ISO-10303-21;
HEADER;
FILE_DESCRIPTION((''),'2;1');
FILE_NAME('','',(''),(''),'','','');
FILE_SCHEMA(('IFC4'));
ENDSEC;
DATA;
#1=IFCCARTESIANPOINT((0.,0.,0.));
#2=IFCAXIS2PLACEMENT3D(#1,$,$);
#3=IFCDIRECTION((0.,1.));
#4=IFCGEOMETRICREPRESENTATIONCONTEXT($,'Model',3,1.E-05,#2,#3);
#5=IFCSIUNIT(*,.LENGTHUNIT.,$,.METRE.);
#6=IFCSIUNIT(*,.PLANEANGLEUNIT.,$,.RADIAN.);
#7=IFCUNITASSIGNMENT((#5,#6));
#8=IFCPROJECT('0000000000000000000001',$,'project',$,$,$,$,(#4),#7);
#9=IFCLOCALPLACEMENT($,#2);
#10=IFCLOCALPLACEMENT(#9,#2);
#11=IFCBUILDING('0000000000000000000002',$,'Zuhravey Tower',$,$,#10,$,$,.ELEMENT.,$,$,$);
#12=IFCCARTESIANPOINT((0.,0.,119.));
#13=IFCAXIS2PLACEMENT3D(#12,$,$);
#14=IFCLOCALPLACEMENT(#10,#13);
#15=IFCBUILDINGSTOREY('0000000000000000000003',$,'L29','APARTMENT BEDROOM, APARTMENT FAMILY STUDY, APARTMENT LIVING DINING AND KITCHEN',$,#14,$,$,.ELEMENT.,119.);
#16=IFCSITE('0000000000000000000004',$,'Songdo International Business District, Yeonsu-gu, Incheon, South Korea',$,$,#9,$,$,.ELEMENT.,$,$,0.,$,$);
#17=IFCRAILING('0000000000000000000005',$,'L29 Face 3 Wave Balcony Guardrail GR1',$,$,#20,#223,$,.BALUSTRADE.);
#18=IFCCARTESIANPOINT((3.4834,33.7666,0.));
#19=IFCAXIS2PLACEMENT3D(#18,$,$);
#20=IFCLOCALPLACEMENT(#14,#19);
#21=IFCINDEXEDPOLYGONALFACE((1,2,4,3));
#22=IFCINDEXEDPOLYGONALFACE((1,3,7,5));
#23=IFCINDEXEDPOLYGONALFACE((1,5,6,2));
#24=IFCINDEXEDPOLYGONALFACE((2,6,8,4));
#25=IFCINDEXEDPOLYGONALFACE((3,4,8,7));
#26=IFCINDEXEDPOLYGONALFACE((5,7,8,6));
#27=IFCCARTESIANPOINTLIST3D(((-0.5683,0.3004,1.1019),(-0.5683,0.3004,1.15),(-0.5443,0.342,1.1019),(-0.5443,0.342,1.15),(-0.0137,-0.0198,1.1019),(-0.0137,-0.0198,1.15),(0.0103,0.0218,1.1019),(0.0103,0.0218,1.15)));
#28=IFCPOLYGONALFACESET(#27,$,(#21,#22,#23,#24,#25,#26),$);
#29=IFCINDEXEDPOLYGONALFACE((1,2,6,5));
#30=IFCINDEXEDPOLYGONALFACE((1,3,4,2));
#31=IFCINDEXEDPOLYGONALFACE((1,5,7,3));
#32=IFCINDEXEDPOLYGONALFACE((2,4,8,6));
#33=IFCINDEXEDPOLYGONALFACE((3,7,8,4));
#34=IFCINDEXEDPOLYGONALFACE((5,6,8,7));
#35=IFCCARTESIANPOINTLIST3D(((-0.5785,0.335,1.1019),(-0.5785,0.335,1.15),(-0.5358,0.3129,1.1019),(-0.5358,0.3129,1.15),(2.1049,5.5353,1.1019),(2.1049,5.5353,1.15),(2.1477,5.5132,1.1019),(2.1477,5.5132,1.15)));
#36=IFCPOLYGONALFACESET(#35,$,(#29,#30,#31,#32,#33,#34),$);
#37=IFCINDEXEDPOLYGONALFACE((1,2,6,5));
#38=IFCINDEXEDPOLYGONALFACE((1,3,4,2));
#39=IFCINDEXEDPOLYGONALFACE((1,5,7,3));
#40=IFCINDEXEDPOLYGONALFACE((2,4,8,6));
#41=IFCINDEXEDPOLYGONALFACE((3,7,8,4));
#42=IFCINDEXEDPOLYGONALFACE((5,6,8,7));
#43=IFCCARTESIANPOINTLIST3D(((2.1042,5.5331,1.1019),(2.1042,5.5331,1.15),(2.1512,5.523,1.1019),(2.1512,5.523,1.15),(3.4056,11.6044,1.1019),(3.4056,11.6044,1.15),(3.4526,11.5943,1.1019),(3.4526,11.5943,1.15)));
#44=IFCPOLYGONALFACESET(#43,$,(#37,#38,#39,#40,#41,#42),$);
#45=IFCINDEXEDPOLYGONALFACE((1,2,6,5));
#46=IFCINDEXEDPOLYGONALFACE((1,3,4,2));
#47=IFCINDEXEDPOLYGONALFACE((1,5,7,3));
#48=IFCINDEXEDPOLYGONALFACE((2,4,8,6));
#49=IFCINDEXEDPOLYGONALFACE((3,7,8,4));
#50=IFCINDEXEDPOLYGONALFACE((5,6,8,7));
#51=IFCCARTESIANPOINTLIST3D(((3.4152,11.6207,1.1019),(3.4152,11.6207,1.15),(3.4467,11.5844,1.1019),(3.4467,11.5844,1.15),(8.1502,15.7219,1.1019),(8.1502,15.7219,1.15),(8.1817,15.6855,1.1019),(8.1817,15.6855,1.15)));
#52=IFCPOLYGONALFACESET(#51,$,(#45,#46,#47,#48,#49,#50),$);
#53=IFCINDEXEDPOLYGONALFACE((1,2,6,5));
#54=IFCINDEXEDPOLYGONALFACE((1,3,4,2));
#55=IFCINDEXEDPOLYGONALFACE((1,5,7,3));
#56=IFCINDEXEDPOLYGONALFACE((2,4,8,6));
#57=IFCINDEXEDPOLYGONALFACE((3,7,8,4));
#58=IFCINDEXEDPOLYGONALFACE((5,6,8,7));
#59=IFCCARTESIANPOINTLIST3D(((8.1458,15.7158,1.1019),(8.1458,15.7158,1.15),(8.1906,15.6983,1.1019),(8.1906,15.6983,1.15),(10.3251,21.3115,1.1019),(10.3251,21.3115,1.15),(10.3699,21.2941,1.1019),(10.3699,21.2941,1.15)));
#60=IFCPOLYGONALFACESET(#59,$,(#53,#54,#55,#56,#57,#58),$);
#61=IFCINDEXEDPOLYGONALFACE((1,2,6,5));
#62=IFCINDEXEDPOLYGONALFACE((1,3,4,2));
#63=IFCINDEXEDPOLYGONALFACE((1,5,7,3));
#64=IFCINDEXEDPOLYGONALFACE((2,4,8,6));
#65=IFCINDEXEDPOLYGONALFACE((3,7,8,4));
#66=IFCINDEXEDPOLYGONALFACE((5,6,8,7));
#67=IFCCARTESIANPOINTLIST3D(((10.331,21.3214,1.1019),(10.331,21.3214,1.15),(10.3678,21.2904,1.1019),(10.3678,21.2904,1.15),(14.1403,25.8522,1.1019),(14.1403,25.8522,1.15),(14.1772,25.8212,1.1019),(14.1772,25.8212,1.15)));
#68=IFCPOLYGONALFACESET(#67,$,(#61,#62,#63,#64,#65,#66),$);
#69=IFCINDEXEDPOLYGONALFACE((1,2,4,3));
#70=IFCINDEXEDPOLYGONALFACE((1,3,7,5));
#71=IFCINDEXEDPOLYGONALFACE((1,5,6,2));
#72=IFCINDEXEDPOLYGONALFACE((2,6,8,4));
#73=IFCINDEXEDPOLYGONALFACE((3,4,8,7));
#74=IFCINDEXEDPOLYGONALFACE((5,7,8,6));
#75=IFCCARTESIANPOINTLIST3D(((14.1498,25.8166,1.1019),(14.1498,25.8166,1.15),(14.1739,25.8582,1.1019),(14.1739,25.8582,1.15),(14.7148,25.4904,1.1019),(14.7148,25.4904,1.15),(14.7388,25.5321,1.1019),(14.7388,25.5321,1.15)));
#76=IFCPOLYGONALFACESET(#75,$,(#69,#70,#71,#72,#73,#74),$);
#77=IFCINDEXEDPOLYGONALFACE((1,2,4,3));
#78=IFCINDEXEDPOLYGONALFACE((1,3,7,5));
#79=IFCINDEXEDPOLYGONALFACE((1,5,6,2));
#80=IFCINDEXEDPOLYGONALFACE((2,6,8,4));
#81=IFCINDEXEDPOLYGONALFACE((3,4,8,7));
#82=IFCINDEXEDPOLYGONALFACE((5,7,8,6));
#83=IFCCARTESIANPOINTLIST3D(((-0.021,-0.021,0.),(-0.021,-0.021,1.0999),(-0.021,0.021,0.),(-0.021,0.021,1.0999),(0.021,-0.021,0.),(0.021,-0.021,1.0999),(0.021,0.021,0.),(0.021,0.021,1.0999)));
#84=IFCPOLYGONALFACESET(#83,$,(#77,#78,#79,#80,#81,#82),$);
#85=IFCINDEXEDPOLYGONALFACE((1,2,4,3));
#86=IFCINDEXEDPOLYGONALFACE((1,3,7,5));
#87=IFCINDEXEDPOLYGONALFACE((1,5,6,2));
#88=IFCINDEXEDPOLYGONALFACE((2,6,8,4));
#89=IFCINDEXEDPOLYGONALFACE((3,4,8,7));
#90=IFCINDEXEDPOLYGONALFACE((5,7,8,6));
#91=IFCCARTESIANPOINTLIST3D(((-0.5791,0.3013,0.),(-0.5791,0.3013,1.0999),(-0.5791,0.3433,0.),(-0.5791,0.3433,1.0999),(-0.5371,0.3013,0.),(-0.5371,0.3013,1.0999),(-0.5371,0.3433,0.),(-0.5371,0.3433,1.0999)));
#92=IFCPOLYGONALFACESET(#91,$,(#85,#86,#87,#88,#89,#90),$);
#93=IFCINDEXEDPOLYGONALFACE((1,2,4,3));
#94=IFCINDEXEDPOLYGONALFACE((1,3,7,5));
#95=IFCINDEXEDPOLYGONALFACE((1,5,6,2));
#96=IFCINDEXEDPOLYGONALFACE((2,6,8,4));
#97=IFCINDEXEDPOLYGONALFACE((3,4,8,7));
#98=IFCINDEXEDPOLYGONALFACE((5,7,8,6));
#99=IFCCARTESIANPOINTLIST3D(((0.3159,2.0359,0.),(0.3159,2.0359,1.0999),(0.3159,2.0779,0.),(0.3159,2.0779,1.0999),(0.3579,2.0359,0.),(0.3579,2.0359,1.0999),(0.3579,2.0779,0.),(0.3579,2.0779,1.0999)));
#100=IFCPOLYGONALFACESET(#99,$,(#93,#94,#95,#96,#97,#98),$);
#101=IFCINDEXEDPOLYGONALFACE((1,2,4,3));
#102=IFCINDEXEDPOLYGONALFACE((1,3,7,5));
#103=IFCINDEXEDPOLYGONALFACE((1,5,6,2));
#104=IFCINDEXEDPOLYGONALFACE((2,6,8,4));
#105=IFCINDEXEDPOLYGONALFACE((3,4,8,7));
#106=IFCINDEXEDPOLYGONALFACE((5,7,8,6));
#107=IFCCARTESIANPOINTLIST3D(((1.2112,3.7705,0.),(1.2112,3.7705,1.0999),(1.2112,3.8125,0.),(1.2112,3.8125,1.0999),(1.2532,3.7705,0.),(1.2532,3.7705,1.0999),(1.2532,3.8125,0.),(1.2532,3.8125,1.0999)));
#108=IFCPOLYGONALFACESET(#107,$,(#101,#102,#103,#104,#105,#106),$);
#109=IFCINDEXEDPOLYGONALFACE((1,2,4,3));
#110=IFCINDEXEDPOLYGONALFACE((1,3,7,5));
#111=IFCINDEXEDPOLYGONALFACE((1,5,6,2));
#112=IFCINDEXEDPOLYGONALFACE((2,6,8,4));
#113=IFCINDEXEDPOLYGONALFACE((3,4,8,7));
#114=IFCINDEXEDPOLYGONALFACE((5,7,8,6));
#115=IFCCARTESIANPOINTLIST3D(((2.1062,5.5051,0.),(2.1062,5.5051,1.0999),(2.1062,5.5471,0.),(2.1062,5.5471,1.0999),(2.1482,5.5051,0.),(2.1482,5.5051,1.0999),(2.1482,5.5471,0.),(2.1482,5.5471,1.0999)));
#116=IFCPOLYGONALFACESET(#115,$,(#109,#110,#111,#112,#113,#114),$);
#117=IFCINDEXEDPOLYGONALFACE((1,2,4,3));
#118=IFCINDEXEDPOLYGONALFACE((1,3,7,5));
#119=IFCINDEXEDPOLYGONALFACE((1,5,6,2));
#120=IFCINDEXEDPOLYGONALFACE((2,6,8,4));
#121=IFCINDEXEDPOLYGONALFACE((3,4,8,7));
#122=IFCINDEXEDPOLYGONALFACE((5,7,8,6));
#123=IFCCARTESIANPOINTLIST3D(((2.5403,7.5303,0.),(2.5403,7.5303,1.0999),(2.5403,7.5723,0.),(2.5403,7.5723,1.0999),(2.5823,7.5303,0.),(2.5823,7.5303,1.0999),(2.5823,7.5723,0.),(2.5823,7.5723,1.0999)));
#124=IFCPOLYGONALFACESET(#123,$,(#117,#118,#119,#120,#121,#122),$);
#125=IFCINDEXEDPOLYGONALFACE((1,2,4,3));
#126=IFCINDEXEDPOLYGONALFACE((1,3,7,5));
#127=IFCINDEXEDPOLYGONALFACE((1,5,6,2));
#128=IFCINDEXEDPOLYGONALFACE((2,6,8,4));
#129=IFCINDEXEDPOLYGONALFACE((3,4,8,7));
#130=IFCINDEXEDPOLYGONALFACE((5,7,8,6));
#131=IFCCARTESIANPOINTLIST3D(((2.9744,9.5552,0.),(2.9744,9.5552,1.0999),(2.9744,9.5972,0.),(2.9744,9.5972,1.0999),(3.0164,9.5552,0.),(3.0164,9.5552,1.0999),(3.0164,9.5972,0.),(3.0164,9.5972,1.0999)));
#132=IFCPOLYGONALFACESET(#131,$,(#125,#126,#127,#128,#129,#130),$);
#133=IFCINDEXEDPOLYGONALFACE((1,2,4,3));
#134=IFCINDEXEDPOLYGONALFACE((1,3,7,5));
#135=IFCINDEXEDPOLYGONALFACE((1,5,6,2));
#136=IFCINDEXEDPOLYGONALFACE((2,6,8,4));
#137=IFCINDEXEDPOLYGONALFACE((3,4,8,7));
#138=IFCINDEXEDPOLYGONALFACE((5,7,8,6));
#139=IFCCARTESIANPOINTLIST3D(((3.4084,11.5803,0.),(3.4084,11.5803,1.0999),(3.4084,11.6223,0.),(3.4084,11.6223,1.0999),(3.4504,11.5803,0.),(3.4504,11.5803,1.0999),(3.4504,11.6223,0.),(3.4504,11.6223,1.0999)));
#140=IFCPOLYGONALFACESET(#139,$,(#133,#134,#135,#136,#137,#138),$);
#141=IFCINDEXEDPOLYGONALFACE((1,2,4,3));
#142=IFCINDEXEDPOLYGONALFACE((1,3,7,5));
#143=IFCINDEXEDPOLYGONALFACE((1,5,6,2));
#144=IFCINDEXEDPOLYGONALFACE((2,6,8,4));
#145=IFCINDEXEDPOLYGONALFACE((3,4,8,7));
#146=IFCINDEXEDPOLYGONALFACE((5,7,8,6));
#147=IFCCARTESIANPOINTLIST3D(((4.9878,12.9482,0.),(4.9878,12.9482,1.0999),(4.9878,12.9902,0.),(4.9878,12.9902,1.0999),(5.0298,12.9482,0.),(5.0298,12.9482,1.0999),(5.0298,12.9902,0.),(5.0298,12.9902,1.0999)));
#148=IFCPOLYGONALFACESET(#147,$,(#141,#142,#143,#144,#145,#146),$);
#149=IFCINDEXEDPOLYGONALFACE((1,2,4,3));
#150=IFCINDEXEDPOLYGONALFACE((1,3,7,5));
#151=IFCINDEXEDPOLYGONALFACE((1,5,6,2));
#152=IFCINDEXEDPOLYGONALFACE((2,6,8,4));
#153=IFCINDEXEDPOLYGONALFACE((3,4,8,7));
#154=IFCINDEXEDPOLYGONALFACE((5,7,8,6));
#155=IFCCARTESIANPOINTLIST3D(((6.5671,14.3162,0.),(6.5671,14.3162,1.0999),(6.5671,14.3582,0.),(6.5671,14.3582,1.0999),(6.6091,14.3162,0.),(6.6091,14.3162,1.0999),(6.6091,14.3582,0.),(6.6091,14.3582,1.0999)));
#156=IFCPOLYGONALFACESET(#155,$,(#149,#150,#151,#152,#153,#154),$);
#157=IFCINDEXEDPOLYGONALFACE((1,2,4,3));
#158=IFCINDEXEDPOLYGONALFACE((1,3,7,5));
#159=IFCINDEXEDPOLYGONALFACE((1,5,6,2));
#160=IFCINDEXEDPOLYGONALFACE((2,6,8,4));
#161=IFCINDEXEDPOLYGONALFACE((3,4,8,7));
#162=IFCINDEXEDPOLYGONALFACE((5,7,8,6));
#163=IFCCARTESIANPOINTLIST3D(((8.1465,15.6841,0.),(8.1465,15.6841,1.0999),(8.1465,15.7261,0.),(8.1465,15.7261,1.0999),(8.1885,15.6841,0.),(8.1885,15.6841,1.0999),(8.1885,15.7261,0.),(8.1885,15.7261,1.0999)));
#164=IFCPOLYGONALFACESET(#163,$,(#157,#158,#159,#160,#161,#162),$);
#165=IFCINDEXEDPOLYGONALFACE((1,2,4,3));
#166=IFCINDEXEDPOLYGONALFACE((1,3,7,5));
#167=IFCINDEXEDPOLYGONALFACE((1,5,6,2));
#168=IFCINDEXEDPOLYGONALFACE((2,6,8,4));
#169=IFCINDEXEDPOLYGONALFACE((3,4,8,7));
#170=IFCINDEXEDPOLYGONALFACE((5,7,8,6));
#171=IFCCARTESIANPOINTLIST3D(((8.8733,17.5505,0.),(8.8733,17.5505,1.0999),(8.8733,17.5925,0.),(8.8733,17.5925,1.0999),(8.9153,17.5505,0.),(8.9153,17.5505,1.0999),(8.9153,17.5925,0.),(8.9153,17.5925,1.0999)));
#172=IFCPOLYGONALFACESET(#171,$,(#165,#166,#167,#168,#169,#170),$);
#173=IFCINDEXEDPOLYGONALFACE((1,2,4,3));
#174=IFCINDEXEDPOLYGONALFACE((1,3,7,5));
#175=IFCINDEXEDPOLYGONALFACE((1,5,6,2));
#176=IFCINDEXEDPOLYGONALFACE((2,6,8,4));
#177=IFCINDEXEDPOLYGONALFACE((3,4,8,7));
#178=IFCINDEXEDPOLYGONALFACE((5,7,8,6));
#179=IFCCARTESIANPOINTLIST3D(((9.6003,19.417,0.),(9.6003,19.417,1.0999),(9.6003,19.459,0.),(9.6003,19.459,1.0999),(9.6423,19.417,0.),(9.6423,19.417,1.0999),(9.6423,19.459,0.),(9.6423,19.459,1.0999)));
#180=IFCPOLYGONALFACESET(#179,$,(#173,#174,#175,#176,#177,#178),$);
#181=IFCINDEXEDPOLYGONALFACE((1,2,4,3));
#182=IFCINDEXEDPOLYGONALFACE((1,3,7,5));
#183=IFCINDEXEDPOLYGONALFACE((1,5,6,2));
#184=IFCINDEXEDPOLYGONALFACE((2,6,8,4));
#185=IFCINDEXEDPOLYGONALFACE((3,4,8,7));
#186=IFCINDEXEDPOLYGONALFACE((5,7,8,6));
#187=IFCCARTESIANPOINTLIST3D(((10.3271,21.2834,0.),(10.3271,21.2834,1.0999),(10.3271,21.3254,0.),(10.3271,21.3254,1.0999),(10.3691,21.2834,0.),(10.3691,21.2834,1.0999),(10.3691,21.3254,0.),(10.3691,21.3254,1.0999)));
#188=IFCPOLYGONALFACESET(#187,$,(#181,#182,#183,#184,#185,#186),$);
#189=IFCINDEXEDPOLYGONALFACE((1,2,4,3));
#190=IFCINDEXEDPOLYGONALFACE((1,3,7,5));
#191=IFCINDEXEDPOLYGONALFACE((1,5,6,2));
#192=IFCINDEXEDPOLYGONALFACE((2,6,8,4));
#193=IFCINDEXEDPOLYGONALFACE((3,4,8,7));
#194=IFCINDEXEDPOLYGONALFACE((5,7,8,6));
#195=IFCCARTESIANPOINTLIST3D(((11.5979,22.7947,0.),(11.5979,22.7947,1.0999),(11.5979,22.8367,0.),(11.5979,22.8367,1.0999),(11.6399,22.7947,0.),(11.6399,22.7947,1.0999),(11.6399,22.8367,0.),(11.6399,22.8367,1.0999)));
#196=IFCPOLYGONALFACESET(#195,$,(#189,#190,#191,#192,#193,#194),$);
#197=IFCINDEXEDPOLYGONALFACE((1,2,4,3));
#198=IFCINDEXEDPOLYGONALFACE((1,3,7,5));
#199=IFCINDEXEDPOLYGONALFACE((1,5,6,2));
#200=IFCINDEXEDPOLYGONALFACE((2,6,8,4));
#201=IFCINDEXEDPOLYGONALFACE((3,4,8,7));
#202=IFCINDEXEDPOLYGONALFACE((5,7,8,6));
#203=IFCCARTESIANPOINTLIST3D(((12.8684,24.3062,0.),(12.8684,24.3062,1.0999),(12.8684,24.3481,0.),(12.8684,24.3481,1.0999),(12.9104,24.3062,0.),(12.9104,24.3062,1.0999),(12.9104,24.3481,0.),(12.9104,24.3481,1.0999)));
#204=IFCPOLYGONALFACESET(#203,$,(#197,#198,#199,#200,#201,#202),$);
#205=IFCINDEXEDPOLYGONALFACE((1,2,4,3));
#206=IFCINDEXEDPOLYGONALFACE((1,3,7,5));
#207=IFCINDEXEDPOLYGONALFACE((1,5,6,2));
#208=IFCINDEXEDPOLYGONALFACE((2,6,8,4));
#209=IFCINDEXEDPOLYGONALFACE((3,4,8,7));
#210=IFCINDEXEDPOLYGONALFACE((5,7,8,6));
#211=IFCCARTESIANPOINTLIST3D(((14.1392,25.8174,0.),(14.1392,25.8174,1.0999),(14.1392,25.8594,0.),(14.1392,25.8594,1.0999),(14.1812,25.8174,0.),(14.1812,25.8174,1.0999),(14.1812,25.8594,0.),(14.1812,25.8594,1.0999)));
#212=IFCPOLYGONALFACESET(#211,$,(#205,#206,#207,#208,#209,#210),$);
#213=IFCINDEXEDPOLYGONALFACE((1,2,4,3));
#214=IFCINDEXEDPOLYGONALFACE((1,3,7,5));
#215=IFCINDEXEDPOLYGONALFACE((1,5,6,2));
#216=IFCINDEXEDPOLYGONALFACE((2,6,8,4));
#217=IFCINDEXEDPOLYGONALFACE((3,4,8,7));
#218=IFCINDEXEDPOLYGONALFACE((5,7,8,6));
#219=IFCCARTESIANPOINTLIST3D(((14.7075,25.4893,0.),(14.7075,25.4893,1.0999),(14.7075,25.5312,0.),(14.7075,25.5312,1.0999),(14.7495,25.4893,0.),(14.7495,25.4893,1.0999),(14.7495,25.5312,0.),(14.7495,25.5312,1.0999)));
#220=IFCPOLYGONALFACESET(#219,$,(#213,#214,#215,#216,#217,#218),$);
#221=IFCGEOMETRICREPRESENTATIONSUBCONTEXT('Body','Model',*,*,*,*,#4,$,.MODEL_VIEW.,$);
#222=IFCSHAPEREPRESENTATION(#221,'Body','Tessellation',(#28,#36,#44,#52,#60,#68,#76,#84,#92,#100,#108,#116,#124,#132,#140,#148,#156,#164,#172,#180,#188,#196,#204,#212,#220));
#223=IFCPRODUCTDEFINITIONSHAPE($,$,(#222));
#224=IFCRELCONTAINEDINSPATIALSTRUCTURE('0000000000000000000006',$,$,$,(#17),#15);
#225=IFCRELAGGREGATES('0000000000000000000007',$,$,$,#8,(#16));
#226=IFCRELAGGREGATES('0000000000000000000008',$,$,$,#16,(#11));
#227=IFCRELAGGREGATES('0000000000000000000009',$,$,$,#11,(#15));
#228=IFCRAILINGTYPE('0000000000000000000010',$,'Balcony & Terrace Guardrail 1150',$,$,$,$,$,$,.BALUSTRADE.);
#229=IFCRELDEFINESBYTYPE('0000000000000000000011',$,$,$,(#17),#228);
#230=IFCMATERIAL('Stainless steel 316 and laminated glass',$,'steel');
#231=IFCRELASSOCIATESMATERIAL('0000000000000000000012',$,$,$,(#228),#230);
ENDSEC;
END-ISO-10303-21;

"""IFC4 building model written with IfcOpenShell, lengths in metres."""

from ifc_helpers import new_model, si_unit, direction, frame, origin, origin_2d, place, context, subcontext, project, spatial, rectangle, extrude, material, type_object, element, save


model = new_model("IFC4")

# Units and contexts
model_context = context("Model", 3, precision=1e-05, world=origin(), true_north=direction((0.0, 1.0)))
body_context = subcontext(model_context, "Body", "Model", "MODEL_VIEW")
ifc_project = project(units=[si_unit("LENGTHUNIT", "METRE"), si_unit("PLANEANGLEUNIT", "RADIAN")], contexts=[model_context])

# Site, building, storey
site_placement = place(None, origin())
site = spatial("IfcSite", under=ifc_project, at=site_placement, Name="Songdo International Business District, Yeonsu-gu, Incheon, South Korea", CompositionType="ELEMENT", RefElevation=0.0)
building_placement = place(site_placement, origin())
building = spatial("IfcBuilding", under=site, at=building_placement, Name="Zuhravey Tower", CompositionType="ELEMENT")
storey_placement = place(building_placement, frame((0.0, 0.0, 119.0)))
storey = spatial("IfcBuildingStorey", under=building, at=storey_placement, Name="L29", Description="APARTMENT BEDROOM, APARTMENT FAMILY STUDY, APARTMENT LIVING DINING AND KITCHEN", CompositionType="ELEMENT", Elevation=119.0)

# Railing
ifc_material_1 = material(Name="Stainless steel 316 and laminated glass", Category="steel")
railing_type = type_object("IfcRailingType", Name="Balcony & Terrace Guardrail 1150", PredefinedType="BALUSTRADE", material=ifc_material_1)
railing_placement = place(storey_placement, frame((3.4834, 33.7666, 0.0)))
element("IfcRailing", 1, at=railing_placement, inside=storey, type_object=railing_type, Name="L29 Face 3 Wave Balcony Guardrail GR1", PredefinedType="BALUSTRADE", context=body_context, shape_type="SweptSolid", body=[
    extrude(rectangle(XDim=0.0481, YDim=0.0481, at=origin_2d()), frame((-0.0017, 0.001, 1.126), z_axis=(-0.865996, 0.50005, 0.0), x_axis=(-0.50005, -0.865996, 0.0)), (0.0, 0.0, 1.0), 0.6404),
    extrude(rectangle(XDim=0.0481, YDim=0.0481, at=origin_2d()), frame((-0.5571, 0.324, 1.126), z_axis=(0.458568, 0.88866, 0.0), x_axis=(-0.88866, 0.458568, 0.0)), (0.0, 0.0, 1.0), 5.8518),
    extrude(rectangle(XDim=0.0481, YDim=0.0481, at=origin_2d()), frame((2.1277, 5.5281, 1.126), z_axis=(0.209593, 0.977789, 0.0), x_axis=(-0.977789, 0.209593, 0.0)), (0.0, 0.0, 1.0), 6.2092),
    extrude(rectangle(XDim=0.0481, YDim=0.0481, at=origin_2d()), frame((3.4309, 11.6025, 1.126), z_axis=(0.75589, 0.654699, 0.0), x_axis=(-0.654699, 0.75589, 0.0)), (0.0, 0.0, 1.0), 6.2642),
    extrude(rectangle(XDim=0.0481, YDim=0.0481, at=origin_2d()), frame((8.1682, 15.707, 1.126), z_axis=(0.362899, 0.931828, 0.0), x_axis=(-0.931828, 0.362899, 0.0)), (0.0, 0.0, 1.0), 6.0051),
    extrude(rectangle(XDim=0.0481, YDim=0.0481, at=origin_2d()), frame((10.3494, 21.3059, 1.126), z_axis=(0.643539, 0.765413, 0.0), x_axis=(-0.765413, 0.643539, 0.0)), (0.0, 0.0, 1.0), 5.9194),
    extrude(rectangle(XDim=0.0481, YDim=0.0481, at=origin_2d()), frame((14.1619, 25.8374, 1.126), z_axis=(0.866037, -0.49998, 0.0), x_axis=(0.49998, 0.866037, 0.0)), (0.0, 0.0, 1.0), 0.6523),
    extrude(rectangle(XDim=0.042, YDim=0.042, at=origin_2d()), origin(), (0.0, 0.0, 1.0), 1.0999),
    extrude(rectangle(XDim=0.042, YDim=0.042, at=origin_2d()), frame((-0.5581, 0.3223, 0.0)), (0.0, 0.0, 1.0), 1.0999),
    extrude(rectangle(XDim=0.042, YDim=0.042, at=origin_2d()), frame((0.3369, 2.0569, 0.0)), (0.0, 0.0, 1.0), 1.0999),
    extrude(rectangle(XDim=0.042, YDim=0.042, at=origin_2d()), frame((1.2322, 3.7915, 0.0)), (0.0, 0.0, 1.0), 1.0999),
    extrude(rectangle(XDim=0.042, YDim=0.042, at=origin_2d()), frame((2.1272, 5.5261, 0.0)), (0.0, 0.0, 1.0), 1.0999),
    extrude(rectangle(XDim=0.042, YDim=0.042, at=origin_2d()), frame((2.5613, 7.5513, 0.0)), (0.0, 0.0, 1.0), 1.0999),
    extrude(rectangle(XDim=0.042, YDim=0.042, at=origin_2d()), frame((2.9954, 9.5762, 0.0)), (0.0, 0.0, 1.0), 1.0999),
    extrude(rectangle(XDim=0.042, YDim=0.042, at=origin_2d()), frame((3.4294, 11.6013, 0.0)), (0.0, 0.0, 1.0), 1.0999),
    extrude(rectangle(XDim=0.042, YDim=0.042, at=origin_2d()), frame((5.0088, 12.9692, 0.0)), (0.0, 0.0, 1.0), 1.0999),
    extrude(rectangle(XDim=0.042, YDim=0.042, at=origin_2d()), frame((6.5881, 14.3372, 0.0)), (0.0, 0.0, 1.0), 1.0999),
    extrude(rectangle(XDim=0.042, YDim=0.042, at=origin_2d()), frame((8.1675, 15.7051, 0.0)), (0.0, 0.0, 1.0), 1.0999),
    extrude(rectangle(XDim=0.042, YDim=0.042, at=origin_2d()), frame((8.8943, 17.5715, 0.0)), (0.0, 0.0, 1.0), 1.0999),
    extrude(rectangle(XDim=0.042, YDim=0.042, at=origin_2d()), frame((9.6213, 19.438, 0.0)), (0.0, 0.0, 1.0), 1.0999),
    extrude(rectangle(XDim=0.042, YDim=0.042, at=origin_2d()), frame((10.3481, 21.3044, 0.0)), (0.0, 0.0, 1.0), 1.0999),
    extrude(rectangle(XDim=0.042, YDim=0.042, at=origin_2d()), frame((11.6189, 22.8157, 0.0)), (0.0, 0.0, 1.0), 1.0999),
    extrude(rectangle(XDim=0.042, YDim=0.042, at=origin_2d()), frame((12.8894, 24.3271, 0.0)), (0.0, 0.0, 1.0), 1.0999),
    extrude(rectangle(XDim=0.042, YDim=0.042, at=origin_2d()), frame((14.1602, 25.8384, 0.0)), (0.0, 0.0, 1.0), 1.0999),
    extrude(rectangle(XDim=0.042, YDim=0.042, at=origin_2d()), frame((14.7285, 25.5103, 0.0)), (0.0, 0.0, 1.0), 1.0999),
])

save(model, "model.ifc")
